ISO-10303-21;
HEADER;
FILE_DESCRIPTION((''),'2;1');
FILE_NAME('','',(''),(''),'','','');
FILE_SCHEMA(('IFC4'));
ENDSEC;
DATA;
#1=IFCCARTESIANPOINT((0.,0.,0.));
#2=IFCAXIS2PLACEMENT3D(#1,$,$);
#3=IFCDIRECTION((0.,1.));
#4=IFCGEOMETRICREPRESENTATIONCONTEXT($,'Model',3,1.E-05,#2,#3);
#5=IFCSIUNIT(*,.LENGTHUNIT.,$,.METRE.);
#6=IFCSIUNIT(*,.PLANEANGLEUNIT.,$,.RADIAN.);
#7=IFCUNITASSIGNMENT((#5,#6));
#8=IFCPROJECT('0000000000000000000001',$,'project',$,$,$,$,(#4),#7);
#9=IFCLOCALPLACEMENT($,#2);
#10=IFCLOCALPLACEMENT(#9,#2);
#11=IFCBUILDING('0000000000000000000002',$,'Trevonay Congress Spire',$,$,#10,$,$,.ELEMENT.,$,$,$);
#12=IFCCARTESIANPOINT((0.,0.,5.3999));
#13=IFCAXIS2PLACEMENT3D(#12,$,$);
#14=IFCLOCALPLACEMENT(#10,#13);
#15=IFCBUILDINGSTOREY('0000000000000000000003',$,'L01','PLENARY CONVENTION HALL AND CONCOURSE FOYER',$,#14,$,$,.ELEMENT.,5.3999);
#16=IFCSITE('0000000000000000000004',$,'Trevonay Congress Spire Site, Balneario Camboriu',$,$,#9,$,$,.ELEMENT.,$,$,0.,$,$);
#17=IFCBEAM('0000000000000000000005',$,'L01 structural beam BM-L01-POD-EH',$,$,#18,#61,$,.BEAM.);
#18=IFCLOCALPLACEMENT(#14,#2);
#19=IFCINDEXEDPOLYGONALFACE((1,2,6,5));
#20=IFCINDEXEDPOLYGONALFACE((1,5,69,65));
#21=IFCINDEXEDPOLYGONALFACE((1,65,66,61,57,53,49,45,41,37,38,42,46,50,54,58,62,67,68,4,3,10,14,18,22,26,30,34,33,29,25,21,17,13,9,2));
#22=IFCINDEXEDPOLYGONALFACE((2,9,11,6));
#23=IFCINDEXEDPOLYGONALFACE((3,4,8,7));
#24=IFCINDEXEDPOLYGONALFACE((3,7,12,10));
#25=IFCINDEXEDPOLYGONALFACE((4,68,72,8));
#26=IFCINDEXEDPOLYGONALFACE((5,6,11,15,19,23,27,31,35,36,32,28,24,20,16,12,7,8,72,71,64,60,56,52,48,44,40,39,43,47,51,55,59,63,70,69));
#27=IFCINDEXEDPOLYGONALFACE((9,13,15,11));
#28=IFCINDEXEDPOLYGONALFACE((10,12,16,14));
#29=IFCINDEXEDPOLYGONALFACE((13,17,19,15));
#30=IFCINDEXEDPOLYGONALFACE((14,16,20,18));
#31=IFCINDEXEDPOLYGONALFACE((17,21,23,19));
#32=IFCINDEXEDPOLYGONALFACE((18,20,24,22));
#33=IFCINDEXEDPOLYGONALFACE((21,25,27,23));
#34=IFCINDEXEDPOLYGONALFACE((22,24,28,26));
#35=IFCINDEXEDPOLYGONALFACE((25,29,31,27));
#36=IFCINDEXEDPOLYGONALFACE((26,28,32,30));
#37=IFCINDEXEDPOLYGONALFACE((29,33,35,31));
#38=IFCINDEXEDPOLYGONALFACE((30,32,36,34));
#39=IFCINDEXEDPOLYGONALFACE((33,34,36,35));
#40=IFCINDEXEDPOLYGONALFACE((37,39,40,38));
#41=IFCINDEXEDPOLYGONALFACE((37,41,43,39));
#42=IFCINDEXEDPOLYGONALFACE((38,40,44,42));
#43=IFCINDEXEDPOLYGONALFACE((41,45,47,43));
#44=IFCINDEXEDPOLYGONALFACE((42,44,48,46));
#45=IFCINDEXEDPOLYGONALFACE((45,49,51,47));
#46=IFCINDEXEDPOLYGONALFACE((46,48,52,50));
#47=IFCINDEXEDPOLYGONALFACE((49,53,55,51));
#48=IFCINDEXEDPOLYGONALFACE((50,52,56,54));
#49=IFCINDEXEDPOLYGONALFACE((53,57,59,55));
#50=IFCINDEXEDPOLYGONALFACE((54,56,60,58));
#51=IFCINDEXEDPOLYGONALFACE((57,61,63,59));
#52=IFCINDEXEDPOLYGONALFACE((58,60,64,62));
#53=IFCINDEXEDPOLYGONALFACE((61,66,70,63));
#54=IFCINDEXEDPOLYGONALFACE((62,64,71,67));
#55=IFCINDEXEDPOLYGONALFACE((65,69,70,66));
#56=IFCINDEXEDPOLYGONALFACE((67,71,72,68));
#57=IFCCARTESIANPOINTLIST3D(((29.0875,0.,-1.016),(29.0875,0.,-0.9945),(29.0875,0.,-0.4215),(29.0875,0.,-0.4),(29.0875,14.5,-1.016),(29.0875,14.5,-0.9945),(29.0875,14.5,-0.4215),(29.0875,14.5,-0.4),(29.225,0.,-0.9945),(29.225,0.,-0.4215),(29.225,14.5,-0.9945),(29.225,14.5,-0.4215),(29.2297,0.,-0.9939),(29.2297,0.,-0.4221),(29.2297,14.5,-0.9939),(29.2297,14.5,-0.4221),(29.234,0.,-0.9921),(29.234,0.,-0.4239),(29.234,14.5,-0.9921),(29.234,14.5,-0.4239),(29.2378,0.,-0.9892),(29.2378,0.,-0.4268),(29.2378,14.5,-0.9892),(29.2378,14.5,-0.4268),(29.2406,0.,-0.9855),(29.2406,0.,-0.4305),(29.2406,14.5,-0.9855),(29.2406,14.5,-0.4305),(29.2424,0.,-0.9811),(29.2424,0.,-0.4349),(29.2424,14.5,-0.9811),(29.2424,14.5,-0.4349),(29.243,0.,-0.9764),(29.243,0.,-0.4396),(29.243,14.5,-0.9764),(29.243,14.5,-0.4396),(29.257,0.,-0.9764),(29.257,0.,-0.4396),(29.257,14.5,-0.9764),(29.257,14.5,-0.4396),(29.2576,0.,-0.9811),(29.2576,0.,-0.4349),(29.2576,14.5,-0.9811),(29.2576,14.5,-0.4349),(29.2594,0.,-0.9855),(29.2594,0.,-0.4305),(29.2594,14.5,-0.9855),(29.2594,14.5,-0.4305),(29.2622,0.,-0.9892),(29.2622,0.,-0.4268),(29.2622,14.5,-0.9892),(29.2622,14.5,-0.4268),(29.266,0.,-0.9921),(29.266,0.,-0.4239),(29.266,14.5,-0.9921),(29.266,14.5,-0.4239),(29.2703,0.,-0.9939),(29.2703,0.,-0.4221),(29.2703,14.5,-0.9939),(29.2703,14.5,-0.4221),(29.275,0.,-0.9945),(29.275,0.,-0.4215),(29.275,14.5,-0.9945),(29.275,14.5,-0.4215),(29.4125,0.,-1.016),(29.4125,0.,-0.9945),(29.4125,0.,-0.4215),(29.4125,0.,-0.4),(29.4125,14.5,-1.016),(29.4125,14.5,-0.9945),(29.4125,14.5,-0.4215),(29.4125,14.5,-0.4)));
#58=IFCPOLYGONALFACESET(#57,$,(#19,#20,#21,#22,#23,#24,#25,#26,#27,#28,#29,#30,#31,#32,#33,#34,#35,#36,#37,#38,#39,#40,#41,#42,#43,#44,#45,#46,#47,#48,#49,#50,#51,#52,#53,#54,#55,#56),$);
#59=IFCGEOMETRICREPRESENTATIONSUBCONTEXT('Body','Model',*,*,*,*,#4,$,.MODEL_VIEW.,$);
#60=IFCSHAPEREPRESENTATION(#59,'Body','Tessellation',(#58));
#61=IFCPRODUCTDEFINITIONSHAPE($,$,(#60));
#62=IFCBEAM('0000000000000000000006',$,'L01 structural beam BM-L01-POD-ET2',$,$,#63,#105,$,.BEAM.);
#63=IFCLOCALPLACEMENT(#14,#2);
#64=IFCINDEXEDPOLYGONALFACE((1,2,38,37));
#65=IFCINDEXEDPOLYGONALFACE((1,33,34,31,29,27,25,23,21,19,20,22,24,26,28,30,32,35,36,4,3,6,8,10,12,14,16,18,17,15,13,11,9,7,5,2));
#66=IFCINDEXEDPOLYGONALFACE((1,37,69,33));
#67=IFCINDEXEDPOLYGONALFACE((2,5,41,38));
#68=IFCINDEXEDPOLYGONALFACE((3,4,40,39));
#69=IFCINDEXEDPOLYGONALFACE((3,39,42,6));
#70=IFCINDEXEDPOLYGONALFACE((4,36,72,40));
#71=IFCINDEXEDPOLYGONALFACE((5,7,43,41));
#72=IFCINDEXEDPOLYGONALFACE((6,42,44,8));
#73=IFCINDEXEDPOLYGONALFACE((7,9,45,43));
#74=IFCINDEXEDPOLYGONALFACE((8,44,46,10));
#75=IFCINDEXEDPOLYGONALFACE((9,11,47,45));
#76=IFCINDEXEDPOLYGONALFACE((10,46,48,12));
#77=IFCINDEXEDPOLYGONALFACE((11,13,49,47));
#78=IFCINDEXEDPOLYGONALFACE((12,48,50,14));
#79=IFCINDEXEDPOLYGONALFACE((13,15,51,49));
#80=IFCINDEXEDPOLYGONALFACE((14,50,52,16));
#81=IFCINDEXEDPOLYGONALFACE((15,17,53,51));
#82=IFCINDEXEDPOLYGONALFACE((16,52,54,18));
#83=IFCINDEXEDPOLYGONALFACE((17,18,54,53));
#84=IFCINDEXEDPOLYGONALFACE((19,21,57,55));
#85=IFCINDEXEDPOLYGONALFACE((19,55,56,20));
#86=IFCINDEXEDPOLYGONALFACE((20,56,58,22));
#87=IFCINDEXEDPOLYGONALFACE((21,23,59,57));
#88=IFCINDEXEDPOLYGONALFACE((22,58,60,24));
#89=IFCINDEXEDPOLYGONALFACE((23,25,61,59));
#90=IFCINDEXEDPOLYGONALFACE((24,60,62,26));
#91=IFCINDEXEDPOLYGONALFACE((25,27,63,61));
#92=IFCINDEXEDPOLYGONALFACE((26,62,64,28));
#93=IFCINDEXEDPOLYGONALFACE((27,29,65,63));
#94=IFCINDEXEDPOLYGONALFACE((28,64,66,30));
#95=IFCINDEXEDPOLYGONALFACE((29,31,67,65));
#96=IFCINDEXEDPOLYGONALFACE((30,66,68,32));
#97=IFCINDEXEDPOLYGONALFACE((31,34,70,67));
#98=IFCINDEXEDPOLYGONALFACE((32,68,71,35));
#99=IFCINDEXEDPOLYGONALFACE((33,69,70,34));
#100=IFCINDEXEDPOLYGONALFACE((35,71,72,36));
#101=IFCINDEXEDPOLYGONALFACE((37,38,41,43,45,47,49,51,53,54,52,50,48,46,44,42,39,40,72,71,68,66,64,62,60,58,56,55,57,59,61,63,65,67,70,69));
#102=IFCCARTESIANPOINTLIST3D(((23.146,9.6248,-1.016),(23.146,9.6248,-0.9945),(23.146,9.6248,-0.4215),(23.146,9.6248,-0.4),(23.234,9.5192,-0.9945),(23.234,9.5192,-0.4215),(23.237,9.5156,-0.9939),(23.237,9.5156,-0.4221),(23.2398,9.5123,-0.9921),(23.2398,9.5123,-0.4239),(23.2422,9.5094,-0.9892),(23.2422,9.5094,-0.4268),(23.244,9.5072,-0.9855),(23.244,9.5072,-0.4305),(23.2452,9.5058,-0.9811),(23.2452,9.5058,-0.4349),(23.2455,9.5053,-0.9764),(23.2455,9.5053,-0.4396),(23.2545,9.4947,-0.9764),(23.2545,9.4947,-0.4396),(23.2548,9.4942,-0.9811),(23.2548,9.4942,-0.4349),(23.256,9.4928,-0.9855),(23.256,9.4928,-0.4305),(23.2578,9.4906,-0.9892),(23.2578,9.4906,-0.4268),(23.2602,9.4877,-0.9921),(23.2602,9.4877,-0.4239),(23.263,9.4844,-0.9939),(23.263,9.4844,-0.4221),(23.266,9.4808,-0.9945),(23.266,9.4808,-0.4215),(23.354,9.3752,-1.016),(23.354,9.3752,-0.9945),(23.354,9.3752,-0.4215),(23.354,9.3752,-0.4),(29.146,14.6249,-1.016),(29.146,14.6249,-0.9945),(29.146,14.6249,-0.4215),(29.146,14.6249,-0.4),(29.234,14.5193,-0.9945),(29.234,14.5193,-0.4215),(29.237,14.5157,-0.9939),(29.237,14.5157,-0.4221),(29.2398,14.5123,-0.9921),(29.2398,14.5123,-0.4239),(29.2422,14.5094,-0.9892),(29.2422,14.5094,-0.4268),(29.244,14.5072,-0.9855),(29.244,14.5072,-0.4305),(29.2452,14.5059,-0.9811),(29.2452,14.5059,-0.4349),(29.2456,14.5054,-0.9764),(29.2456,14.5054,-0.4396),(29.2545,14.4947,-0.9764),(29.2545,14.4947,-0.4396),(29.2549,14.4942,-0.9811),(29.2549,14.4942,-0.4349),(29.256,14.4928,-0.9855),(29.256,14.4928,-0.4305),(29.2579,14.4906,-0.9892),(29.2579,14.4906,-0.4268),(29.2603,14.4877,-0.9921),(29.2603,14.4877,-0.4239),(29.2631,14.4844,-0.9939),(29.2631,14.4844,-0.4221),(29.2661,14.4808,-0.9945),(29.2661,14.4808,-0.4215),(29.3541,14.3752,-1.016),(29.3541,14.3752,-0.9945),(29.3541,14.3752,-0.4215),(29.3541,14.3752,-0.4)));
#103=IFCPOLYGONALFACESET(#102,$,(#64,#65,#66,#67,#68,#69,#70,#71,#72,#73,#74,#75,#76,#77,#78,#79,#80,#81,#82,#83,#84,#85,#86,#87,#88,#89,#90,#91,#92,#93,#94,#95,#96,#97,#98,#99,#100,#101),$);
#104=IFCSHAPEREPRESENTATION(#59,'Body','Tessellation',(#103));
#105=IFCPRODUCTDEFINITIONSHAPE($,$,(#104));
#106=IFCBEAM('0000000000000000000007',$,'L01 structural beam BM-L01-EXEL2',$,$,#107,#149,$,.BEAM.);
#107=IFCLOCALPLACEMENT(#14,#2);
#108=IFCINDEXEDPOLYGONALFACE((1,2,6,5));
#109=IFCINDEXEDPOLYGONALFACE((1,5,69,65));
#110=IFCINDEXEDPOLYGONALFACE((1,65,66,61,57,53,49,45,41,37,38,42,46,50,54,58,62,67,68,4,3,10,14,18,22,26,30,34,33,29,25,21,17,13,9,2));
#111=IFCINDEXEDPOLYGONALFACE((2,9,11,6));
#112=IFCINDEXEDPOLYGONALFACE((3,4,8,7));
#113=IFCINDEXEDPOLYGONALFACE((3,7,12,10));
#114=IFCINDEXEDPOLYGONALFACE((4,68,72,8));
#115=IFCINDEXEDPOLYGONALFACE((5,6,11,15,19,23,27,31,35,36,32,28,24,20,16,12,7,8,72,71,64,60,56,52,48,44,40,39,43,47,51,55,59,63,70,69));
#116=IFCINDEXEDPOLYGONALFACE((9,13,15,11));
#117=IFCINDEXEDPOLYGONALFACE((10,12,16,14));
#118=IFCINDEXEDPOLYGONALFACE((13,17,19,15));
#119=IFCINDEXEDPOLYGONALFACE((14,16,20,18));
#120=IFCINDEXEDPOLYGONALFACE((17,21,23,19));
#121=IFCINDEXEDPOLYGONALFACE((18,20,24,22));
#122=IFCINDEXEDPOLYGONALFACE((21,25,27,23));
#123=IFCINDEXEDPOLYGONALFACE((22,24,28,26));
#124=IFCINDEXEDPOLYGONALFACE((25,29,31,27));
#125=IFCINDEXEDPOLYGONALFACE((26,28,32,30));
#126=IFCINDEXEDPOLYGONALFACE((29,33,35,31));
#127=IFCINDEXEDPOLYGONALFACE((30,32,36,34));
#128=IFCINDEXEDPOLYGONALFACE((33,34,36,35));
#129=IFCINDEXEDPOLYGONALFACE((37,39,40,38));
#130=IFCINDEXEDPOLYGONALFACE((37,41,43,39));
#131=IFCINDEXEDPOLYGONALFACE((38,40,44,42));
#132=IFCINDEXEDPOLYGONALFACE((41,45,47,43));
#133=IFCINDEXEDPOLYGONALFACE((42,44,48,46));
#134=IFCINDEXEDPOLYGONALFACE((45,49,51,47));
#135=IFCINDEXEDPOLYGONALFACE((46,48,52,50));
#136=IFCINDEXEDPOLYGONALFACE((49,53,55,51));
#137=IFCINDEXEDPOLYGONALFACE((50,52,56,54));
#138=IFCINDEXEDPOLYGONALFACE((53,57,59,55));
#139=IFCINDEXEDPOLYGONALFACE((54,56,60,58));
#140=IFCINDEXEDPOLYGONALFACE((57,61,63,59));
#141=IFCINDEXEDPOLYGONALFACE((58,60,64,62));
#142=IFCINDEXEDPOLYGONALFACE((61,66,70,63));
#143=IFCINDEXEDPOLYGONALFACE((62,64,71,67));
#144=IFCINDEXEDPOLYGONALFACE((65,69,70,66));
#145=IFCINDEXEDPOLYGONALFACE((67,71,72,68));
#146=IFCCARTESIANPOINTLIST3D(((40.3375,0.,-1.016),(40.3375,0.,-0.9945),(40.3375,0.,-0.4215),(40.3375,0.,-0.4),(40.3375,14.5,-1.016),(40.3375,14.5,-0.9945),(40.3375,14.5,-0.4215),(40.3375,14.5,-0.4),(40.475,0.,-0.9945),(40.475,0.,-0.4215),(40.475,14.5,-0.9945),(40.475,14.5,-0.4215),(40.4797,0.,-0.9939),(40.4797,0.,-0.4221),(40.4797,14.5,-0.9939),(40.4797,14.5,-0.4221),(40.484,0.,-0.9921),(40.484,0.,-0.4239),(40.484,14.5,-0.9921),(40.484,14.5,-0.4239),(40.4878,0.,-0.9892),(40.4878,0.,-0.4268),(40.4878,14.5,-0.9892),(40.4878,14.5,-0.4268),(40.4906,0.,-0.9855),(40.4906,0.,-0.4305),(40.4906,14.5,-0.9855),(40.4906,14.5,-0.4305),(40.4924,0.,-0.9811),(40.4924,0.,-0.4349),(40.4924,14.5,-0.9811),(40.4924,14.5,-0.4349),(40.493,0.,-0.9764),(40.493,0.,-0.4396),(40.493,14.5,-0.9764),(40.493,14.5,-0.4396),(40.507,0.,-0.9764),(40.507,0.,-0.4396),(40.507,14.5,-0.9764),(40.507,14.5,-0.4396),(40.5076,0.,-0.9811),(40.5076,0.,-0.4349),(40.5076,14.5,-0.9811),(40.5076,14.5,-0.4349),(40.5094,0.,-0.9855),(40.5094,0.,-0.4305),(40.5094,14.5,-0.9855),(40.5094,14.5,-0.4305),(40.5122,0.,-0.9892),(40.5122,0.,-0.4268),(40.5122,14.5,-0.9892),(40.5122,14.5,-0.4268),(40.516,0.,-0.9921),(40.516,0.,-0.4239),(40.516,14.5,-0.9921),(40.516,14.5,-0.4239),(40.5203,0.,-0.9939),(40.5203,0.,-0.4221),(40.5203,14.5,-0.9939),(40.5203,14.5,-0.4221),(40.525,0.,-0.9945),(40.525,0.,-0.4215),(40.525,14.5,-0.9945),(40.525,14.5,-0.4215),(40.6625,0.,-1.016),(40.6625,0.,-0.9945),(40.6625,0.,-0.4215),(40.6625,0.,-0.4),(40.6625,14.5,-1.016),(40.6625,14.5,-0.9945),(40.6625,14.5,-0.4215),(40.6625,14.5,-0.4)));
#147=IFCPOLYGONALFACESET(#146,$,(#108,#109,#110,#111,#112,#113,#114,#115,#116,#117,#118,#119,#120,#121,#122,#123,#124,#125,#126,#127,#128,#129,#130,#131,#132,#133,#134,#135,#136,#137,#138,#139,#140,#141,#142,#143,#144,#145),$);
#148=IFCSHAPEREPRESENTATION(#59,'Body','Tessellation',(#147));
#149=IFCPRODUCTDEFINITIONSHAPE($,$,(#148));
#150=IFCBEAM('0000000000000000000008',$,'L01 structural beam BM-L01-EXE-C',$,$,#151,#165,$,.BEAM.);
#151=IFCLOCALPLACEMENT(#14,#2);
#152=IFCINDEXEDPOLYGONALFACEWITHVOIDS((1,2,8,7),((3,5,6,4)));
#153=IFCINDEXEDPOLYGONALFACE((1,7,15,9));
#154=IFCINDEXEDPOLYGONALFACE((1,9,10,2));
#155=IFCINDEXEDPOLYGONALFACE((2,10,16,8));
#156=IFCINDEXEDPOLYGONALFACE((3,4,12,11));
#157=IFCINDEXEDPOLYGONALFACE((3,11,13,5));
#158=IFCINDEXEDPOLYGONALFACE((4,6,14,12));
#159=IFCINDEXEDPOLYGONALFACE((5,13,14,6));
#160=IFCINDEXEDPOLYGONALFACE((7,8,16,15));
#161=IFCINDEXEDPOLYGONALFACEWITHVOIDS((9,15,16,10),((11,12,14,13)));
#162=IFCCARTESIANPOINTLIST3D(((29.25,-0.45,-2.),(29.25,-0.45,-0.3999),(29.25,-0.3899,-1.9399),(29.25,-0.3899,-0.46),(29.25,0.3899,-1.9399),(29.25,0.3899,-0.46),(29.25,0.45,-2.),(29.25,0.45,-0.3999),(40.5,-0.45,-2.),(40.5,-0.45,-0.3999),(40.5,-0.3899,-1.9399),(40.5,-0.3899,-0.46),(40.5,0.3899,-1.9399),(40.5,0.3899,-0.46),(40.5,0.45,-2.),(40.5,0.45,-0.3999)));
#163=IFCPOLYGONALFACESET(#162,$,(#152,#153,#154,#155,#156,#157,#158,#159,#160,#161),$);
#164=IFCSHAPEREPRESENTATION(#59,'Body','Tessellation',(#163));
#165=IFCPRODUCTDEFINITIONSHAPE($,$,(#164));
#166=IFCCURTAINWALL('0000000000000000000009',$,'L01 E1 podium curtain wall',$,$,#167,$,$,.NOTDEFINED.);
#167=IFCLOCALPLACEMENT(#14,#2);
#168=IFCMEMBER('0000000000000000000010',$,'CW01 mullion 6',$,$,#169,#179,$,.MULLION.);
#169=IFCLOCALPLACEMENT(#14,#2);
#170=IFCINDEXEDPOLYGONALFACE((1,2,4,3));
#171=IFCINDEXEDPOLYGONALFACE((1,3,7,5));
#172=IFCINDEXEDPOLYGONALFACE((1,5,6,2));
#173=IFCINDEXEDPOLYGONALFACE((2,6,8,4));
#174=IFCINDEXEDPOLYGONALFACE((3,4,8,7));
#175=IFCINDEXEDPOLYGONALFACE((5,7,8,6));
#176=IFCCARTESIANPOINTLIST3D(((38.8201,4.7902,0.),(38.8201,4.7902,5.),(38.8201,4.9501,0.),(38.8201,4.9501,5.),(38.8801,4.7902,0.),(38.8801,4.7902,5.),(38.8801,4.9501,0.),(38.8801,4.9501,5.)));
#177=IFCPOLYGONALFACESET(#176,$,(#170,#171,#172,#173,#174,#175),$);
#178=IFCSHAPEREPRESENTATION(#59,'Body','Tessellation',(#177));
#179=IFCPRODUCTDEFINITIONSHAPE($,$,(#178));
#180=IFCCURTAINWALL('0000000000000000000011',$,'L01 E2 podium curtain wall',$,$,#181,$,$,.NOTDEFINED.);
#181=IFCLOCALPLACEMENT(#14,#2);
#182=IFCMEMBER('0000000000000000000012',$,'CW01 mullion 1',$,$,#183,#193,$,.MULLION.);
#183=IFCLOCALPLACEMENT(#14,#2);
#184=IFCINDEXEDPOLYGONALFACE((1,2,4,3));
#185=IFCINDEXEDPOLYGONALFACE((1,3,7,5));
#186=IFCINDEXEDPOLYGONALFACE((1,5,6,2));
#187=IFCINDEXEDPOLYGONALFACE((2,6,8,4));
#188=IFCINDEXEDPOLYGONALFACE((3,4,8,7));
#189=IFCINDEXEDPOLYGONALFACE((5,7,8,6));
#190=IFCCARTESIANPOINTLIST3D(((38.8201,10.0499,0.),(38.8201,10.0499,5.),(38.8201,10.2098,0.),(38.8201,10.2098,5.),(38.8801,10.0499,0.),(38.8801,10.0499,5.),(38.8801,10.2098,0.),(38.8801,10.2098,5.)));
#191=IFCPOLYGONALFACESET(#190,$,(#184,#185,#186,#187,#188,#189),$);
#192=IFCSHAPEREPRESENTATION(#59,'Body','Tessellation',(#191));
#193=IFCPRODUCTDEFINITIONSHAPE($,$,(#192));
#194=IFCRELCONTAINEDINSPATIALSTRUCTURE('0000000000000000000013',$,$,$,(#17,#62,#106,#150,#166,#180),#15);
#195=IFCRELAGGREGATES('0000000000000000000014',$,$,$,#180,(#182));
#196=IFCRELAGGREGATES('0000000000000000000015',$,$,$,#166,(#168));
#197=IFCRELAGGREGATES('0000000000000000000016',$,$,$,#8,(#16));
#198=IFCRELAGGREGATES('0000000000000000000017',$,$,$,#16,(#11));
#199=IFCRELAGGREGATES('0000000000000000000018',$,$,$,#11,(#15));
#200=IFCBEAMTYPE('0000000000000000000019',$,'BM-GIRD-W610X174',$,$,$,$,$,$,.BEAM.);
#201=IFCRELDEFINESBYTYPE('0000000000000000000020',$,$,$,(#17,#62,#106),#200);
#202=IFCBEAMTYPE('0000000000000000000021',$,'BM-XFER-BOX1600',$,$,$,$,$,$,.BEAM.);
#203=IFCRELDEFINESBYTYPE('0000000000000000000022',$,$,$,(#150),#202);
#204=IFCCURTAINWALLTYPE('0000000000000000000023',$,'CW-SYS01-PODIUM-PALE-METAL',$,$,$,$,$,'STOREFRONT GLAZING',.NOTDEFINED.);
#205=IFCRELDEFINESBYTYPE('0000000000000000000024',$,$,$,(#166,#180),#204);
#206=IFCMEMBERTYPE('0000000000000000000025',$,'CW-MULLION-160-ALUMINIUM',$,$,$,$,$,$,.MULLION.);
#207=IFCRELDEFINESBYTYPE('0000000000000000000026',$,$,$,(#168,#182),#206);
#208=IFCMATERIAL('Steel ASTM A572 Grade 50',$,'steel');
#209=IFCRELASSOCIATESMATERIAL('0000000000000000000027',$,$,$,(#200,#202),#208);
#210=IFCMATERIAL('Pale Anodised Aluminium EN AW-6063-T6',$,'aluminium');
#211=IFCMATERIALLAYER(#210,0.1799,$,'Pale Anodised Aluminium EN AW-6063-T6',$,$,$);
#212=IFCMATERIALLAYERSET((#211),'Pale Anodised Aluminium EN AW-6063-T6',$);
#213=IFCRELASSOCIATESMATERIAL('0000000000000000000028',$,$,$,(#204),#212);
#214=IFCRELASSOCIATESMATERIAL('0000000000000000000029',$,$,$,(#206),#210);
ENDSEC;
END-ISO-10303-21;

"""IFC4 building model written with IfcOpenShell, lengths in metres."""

from ifc_helpers import new_model, si_unit, direction, frame, origin, origin_2d, place, context, subcontext, project, spatial, rectangle, hollow_rectangle, i_section, extrude, material, layer, layer_set, material_profile, profile_set, type_object, element, aggregate, save


model = new_model("IFC4")

# Units and contexts
model_context = context("Model", 3, precision=1e-05, world=origin(), true_north=direction((0.0, 1.0)))
body_context = subcontext(model_context, "Body", "Model", "MODEL_VIEW")
ifc_project = project(units=[si_unit("LENGTHUNIT", "METRE"), si_unit("PLANEANGLEUNIT", "RADIAN")], contexts=[model_context])

# Site, building, storey
site_placement = place(None, origin())
site = spatial("IfcSite", under=ifc_project, at=site_placement, Name="Trevonay Congress Spire Site, Balneario Camboriu", CompositionType="ELEMENT", RefElevation=0.0)
building_placement = place(site_placement, origin())
building = spatial("IfcBuilding", under=site, at=building_placement, Name="Trevonay Congress Spire", CompositionType="ELEMENT")
storey_placement = place(building_placement, frame((0.0, 0.0, 5.3999)))
storey = spatial("IfcBuildingStorey", under=building, at=storey_placement, Name="L01", Description="PLENARY CONVENTION HALL AND CONCOURSE FOYER", CompositionType="ELEMENT", Elevation=5.3999)

# Shared definitions
ifc_material_1 = material(Name="Steel ASTM A572 Grade 50", Category="steel")

# Beams
ifc_material_profile_1 = material_profile(ifc_material_1, i_section(OverallWidth=0.325, OverallDepth=0.616, WebThickness=0.0139, FlangeThickness=0.0215, FilletRadius=0.0181, at=origin_2d()), Name="W610x174")
ifc_profile_set_1 = profile_set([ifc_material_profile_1], Name="Steel ASTM A572 Grade 50")
beam_type_1 = type_object("IfcBeamType", Name="BM-GIRD-W610X174", PredefinedType="BEAM", material=ifc_profile_set_1)
beam_1_placement = place(storey_placement, frame((29.25, 0.0, -0.708), z_axis=(0.0, 1.0, 0.0), x_axis=(-1.0, 0.0, 0.0)))
element("IfcBeam", 1, at=beam_1_placement, inside=storey, type_object=beam_type_1, Name="L01 structural beam BM-L01-POD-EH", PredefinedType="BEAM", context=body_context, shape_type="SweptSolid", body=[
    extrude(i_section(OverallWidth=0.325, OverallDepth=0.616, WebThickness=0.0139, FlangeThickness=0.0215, FilletRadius=0.0181, at=origin_2d()), origin(), (0.0, 0.0, 1.0), 14.5),
])
beam_2_placement = place(storey_placement, frame((23.25, 9.5, -0.708), z_axis=(0.768221, 0.640184, 0.0), x_axis=(-0.640184, 0.768221, 0.0)))
element("IfcBeam", 2, at=beam_2_placement, inside=storey, type_object=beam_type_1, Name="L01 structural beam BM-L01-POD-ET2", PredefinedType="BEAM", context=body_context, shape_type="SweptSolid", body=[
    extrude(i_section(OverallWidth=0.325, OverallDepth=0.616, WebThickness=0.0139, FlangeThickness=0.0215, FilletRadius=0.0181, at=origin_2d()), origin(), (0.0, 0.0, 1.0), 7.8103),
])
beam_3_placement = place(storey_placement, frame((40.5, 0.0, -0.708), z_axis=(0.0, 1.0, 0.0), x_axis=(-1.0, 0.0, 0.0)))
element("IfcBeam", 3, at=beam_3_placement, inside=storey, type_object=beam_type_1, Name="L01 structural beam BM-L01-EXEL2", PredefinedType="BEAM", context=body_context, shape_type="SweptSolid", body=[
    extrude(i_section(OverallWidth=0.325, OverallDepth=0.616, WebThickness=0.0139, FlangeThickness=0.0215, FilletRadius=0.0181, at=origin_2d()), origin(), (0.0, 0.0, 1.0), 14.5),
])
ifc_material_profile_2 = material_profile(ifc_material_1, hollow_rectangle(XDim=0.8999, YDim=1.6001, WallThickness=0.0601, at=origin_2d()), Name="BOX 1600x900x60")
ifc_profile_set_2 = profile_set([ifc_material_profile_2], Name="Steel ASTM A572 Grade 50")
beam_type_2 = type_object("IfcBeamType", Name="BM-XFER-BOX1600", PredefinedType="BEAM", material=ifc_profile_set_2)
beam_4_placement = place(storey_placement, frame((29.25, 0.0, -1.2), z_axis=(1.0, 0.0, 0.0), x_axis=(0.0, 1.0, 0.0)))
element("IfcBeam", 4, at=beam_4_placement, inside=storey, type_object=beam_type_2, Name="L01 structural beam BM-L01-EXE-C", PredefinedType="BEAM", context=body_context, shape_type="SweptSolid", body=[
    extrude(hollow_rectangle(XDim=0.8999, YDim=1.6001, WallThickness=0.0601, at=origin_2d()), origin(), (0.0, 0.0, 1.0), 11.25),
])

# Curtain wall, member
ifc_material_2 = material(Name="Pale Anodised Aluminium EN AW-6063-T6", Category="aluminium")
ifc_layer_1 = layer(ifc_material_2, 0.1799, Name="Pale Anodised Aluminium EN AW-6063-T6")
ifc_layer_set_1 = layer_set([ifc_layer_1], Name="Pale Anodised Aluminium EN AW-6063-T6")
curtain_wall_type = type_object("IfcCurtainWallType", Name="CW-SYS01-PODIUM-PALE-METAL", ElementType="STOREFRONT GLAZING", PredefinedType="NOTDEFINED", material=ifc_layer_set_1)
curtain_wall_1_placement = place(storey_placement, origin())
curtain_wall_1 = element("IfcCurtainWall", 5, at=curtain_wall_1_placement, inside=storey, type_object=curtain_wall_type, Name="L01 E1 podium curtain wall", PredefinedType="NOTDEFINED")
ifc_material_profile_3 = material_profile(ifc_material_2, rectangle(XDim=0.0601, YDim=0.1599, at=origin_2d()), Name="CW-MULLION-160-ALUMINIUM")
ifc_profile_set_3 = profile_set([ifc_material_profile_3], Name="Pale Anodised Aluminium EN AW-6063-T6")
member_type_1 = type_object("IfcMemberType", Name="CW-MULLION-160-ALUMINIUM", PredefinedType="MULLION", material=ifc_profile_set_3)
member_1_placement = place(storey_placement, frame((38.8501, 4.8701, 0.0), z_axis=(0.0, 0.0, 1.0), x_axis=(-1.0, 0.0, 0.0)))
member_1 = element("IfcMember", 6, at=member_1_placement, type_object=member_type_1, Name="CW01 mullion 6", PredefinedType="MULLION", context=body_context, shape_type="SweptSolid", body=[
    extrude(rectangle(XDim=0.0601, YDim=0.1599, at=origin_2d()), origin(), (0.0, 0.0, 1.0), 5.0),
])

# Curtain wall, member
curtain_wall_2_placement = place(storey_placement, origin())
curtain_wall_2 = element("IfcCurtainWall", 7, at=curtain_wall_2_placement, inside=storey, type_object=curtain_wall_type, Name="L01 E2 podium curtain wall", PredefinedType="NOTDEFINED")
member_2_placement = place(storey_placement, frame((38.8501, 10.1299, 0.0), z_axis=(0.0, 0.0, 1.0), x_axis=(-1.0, 0.0, 0.0)))
member_2 = element("IfcMember", 8, at=member_2_placement, type_object=member_type_1, Name="CW01 mullion 1", PredefinedType="MULLION", context=body_context, shape_type="SweptSolid", body=[
    extrude(rectangle(XDim=0.0601, YDim=0.1599, at=origin_2d()), origin(), (0.0, 0.0, 1.0), 5.0),
])
aggregate(curtain_wall_2, [member_2])

aggregate(curtain_wall_1, [member_1])

save(model, "model.ifc")
